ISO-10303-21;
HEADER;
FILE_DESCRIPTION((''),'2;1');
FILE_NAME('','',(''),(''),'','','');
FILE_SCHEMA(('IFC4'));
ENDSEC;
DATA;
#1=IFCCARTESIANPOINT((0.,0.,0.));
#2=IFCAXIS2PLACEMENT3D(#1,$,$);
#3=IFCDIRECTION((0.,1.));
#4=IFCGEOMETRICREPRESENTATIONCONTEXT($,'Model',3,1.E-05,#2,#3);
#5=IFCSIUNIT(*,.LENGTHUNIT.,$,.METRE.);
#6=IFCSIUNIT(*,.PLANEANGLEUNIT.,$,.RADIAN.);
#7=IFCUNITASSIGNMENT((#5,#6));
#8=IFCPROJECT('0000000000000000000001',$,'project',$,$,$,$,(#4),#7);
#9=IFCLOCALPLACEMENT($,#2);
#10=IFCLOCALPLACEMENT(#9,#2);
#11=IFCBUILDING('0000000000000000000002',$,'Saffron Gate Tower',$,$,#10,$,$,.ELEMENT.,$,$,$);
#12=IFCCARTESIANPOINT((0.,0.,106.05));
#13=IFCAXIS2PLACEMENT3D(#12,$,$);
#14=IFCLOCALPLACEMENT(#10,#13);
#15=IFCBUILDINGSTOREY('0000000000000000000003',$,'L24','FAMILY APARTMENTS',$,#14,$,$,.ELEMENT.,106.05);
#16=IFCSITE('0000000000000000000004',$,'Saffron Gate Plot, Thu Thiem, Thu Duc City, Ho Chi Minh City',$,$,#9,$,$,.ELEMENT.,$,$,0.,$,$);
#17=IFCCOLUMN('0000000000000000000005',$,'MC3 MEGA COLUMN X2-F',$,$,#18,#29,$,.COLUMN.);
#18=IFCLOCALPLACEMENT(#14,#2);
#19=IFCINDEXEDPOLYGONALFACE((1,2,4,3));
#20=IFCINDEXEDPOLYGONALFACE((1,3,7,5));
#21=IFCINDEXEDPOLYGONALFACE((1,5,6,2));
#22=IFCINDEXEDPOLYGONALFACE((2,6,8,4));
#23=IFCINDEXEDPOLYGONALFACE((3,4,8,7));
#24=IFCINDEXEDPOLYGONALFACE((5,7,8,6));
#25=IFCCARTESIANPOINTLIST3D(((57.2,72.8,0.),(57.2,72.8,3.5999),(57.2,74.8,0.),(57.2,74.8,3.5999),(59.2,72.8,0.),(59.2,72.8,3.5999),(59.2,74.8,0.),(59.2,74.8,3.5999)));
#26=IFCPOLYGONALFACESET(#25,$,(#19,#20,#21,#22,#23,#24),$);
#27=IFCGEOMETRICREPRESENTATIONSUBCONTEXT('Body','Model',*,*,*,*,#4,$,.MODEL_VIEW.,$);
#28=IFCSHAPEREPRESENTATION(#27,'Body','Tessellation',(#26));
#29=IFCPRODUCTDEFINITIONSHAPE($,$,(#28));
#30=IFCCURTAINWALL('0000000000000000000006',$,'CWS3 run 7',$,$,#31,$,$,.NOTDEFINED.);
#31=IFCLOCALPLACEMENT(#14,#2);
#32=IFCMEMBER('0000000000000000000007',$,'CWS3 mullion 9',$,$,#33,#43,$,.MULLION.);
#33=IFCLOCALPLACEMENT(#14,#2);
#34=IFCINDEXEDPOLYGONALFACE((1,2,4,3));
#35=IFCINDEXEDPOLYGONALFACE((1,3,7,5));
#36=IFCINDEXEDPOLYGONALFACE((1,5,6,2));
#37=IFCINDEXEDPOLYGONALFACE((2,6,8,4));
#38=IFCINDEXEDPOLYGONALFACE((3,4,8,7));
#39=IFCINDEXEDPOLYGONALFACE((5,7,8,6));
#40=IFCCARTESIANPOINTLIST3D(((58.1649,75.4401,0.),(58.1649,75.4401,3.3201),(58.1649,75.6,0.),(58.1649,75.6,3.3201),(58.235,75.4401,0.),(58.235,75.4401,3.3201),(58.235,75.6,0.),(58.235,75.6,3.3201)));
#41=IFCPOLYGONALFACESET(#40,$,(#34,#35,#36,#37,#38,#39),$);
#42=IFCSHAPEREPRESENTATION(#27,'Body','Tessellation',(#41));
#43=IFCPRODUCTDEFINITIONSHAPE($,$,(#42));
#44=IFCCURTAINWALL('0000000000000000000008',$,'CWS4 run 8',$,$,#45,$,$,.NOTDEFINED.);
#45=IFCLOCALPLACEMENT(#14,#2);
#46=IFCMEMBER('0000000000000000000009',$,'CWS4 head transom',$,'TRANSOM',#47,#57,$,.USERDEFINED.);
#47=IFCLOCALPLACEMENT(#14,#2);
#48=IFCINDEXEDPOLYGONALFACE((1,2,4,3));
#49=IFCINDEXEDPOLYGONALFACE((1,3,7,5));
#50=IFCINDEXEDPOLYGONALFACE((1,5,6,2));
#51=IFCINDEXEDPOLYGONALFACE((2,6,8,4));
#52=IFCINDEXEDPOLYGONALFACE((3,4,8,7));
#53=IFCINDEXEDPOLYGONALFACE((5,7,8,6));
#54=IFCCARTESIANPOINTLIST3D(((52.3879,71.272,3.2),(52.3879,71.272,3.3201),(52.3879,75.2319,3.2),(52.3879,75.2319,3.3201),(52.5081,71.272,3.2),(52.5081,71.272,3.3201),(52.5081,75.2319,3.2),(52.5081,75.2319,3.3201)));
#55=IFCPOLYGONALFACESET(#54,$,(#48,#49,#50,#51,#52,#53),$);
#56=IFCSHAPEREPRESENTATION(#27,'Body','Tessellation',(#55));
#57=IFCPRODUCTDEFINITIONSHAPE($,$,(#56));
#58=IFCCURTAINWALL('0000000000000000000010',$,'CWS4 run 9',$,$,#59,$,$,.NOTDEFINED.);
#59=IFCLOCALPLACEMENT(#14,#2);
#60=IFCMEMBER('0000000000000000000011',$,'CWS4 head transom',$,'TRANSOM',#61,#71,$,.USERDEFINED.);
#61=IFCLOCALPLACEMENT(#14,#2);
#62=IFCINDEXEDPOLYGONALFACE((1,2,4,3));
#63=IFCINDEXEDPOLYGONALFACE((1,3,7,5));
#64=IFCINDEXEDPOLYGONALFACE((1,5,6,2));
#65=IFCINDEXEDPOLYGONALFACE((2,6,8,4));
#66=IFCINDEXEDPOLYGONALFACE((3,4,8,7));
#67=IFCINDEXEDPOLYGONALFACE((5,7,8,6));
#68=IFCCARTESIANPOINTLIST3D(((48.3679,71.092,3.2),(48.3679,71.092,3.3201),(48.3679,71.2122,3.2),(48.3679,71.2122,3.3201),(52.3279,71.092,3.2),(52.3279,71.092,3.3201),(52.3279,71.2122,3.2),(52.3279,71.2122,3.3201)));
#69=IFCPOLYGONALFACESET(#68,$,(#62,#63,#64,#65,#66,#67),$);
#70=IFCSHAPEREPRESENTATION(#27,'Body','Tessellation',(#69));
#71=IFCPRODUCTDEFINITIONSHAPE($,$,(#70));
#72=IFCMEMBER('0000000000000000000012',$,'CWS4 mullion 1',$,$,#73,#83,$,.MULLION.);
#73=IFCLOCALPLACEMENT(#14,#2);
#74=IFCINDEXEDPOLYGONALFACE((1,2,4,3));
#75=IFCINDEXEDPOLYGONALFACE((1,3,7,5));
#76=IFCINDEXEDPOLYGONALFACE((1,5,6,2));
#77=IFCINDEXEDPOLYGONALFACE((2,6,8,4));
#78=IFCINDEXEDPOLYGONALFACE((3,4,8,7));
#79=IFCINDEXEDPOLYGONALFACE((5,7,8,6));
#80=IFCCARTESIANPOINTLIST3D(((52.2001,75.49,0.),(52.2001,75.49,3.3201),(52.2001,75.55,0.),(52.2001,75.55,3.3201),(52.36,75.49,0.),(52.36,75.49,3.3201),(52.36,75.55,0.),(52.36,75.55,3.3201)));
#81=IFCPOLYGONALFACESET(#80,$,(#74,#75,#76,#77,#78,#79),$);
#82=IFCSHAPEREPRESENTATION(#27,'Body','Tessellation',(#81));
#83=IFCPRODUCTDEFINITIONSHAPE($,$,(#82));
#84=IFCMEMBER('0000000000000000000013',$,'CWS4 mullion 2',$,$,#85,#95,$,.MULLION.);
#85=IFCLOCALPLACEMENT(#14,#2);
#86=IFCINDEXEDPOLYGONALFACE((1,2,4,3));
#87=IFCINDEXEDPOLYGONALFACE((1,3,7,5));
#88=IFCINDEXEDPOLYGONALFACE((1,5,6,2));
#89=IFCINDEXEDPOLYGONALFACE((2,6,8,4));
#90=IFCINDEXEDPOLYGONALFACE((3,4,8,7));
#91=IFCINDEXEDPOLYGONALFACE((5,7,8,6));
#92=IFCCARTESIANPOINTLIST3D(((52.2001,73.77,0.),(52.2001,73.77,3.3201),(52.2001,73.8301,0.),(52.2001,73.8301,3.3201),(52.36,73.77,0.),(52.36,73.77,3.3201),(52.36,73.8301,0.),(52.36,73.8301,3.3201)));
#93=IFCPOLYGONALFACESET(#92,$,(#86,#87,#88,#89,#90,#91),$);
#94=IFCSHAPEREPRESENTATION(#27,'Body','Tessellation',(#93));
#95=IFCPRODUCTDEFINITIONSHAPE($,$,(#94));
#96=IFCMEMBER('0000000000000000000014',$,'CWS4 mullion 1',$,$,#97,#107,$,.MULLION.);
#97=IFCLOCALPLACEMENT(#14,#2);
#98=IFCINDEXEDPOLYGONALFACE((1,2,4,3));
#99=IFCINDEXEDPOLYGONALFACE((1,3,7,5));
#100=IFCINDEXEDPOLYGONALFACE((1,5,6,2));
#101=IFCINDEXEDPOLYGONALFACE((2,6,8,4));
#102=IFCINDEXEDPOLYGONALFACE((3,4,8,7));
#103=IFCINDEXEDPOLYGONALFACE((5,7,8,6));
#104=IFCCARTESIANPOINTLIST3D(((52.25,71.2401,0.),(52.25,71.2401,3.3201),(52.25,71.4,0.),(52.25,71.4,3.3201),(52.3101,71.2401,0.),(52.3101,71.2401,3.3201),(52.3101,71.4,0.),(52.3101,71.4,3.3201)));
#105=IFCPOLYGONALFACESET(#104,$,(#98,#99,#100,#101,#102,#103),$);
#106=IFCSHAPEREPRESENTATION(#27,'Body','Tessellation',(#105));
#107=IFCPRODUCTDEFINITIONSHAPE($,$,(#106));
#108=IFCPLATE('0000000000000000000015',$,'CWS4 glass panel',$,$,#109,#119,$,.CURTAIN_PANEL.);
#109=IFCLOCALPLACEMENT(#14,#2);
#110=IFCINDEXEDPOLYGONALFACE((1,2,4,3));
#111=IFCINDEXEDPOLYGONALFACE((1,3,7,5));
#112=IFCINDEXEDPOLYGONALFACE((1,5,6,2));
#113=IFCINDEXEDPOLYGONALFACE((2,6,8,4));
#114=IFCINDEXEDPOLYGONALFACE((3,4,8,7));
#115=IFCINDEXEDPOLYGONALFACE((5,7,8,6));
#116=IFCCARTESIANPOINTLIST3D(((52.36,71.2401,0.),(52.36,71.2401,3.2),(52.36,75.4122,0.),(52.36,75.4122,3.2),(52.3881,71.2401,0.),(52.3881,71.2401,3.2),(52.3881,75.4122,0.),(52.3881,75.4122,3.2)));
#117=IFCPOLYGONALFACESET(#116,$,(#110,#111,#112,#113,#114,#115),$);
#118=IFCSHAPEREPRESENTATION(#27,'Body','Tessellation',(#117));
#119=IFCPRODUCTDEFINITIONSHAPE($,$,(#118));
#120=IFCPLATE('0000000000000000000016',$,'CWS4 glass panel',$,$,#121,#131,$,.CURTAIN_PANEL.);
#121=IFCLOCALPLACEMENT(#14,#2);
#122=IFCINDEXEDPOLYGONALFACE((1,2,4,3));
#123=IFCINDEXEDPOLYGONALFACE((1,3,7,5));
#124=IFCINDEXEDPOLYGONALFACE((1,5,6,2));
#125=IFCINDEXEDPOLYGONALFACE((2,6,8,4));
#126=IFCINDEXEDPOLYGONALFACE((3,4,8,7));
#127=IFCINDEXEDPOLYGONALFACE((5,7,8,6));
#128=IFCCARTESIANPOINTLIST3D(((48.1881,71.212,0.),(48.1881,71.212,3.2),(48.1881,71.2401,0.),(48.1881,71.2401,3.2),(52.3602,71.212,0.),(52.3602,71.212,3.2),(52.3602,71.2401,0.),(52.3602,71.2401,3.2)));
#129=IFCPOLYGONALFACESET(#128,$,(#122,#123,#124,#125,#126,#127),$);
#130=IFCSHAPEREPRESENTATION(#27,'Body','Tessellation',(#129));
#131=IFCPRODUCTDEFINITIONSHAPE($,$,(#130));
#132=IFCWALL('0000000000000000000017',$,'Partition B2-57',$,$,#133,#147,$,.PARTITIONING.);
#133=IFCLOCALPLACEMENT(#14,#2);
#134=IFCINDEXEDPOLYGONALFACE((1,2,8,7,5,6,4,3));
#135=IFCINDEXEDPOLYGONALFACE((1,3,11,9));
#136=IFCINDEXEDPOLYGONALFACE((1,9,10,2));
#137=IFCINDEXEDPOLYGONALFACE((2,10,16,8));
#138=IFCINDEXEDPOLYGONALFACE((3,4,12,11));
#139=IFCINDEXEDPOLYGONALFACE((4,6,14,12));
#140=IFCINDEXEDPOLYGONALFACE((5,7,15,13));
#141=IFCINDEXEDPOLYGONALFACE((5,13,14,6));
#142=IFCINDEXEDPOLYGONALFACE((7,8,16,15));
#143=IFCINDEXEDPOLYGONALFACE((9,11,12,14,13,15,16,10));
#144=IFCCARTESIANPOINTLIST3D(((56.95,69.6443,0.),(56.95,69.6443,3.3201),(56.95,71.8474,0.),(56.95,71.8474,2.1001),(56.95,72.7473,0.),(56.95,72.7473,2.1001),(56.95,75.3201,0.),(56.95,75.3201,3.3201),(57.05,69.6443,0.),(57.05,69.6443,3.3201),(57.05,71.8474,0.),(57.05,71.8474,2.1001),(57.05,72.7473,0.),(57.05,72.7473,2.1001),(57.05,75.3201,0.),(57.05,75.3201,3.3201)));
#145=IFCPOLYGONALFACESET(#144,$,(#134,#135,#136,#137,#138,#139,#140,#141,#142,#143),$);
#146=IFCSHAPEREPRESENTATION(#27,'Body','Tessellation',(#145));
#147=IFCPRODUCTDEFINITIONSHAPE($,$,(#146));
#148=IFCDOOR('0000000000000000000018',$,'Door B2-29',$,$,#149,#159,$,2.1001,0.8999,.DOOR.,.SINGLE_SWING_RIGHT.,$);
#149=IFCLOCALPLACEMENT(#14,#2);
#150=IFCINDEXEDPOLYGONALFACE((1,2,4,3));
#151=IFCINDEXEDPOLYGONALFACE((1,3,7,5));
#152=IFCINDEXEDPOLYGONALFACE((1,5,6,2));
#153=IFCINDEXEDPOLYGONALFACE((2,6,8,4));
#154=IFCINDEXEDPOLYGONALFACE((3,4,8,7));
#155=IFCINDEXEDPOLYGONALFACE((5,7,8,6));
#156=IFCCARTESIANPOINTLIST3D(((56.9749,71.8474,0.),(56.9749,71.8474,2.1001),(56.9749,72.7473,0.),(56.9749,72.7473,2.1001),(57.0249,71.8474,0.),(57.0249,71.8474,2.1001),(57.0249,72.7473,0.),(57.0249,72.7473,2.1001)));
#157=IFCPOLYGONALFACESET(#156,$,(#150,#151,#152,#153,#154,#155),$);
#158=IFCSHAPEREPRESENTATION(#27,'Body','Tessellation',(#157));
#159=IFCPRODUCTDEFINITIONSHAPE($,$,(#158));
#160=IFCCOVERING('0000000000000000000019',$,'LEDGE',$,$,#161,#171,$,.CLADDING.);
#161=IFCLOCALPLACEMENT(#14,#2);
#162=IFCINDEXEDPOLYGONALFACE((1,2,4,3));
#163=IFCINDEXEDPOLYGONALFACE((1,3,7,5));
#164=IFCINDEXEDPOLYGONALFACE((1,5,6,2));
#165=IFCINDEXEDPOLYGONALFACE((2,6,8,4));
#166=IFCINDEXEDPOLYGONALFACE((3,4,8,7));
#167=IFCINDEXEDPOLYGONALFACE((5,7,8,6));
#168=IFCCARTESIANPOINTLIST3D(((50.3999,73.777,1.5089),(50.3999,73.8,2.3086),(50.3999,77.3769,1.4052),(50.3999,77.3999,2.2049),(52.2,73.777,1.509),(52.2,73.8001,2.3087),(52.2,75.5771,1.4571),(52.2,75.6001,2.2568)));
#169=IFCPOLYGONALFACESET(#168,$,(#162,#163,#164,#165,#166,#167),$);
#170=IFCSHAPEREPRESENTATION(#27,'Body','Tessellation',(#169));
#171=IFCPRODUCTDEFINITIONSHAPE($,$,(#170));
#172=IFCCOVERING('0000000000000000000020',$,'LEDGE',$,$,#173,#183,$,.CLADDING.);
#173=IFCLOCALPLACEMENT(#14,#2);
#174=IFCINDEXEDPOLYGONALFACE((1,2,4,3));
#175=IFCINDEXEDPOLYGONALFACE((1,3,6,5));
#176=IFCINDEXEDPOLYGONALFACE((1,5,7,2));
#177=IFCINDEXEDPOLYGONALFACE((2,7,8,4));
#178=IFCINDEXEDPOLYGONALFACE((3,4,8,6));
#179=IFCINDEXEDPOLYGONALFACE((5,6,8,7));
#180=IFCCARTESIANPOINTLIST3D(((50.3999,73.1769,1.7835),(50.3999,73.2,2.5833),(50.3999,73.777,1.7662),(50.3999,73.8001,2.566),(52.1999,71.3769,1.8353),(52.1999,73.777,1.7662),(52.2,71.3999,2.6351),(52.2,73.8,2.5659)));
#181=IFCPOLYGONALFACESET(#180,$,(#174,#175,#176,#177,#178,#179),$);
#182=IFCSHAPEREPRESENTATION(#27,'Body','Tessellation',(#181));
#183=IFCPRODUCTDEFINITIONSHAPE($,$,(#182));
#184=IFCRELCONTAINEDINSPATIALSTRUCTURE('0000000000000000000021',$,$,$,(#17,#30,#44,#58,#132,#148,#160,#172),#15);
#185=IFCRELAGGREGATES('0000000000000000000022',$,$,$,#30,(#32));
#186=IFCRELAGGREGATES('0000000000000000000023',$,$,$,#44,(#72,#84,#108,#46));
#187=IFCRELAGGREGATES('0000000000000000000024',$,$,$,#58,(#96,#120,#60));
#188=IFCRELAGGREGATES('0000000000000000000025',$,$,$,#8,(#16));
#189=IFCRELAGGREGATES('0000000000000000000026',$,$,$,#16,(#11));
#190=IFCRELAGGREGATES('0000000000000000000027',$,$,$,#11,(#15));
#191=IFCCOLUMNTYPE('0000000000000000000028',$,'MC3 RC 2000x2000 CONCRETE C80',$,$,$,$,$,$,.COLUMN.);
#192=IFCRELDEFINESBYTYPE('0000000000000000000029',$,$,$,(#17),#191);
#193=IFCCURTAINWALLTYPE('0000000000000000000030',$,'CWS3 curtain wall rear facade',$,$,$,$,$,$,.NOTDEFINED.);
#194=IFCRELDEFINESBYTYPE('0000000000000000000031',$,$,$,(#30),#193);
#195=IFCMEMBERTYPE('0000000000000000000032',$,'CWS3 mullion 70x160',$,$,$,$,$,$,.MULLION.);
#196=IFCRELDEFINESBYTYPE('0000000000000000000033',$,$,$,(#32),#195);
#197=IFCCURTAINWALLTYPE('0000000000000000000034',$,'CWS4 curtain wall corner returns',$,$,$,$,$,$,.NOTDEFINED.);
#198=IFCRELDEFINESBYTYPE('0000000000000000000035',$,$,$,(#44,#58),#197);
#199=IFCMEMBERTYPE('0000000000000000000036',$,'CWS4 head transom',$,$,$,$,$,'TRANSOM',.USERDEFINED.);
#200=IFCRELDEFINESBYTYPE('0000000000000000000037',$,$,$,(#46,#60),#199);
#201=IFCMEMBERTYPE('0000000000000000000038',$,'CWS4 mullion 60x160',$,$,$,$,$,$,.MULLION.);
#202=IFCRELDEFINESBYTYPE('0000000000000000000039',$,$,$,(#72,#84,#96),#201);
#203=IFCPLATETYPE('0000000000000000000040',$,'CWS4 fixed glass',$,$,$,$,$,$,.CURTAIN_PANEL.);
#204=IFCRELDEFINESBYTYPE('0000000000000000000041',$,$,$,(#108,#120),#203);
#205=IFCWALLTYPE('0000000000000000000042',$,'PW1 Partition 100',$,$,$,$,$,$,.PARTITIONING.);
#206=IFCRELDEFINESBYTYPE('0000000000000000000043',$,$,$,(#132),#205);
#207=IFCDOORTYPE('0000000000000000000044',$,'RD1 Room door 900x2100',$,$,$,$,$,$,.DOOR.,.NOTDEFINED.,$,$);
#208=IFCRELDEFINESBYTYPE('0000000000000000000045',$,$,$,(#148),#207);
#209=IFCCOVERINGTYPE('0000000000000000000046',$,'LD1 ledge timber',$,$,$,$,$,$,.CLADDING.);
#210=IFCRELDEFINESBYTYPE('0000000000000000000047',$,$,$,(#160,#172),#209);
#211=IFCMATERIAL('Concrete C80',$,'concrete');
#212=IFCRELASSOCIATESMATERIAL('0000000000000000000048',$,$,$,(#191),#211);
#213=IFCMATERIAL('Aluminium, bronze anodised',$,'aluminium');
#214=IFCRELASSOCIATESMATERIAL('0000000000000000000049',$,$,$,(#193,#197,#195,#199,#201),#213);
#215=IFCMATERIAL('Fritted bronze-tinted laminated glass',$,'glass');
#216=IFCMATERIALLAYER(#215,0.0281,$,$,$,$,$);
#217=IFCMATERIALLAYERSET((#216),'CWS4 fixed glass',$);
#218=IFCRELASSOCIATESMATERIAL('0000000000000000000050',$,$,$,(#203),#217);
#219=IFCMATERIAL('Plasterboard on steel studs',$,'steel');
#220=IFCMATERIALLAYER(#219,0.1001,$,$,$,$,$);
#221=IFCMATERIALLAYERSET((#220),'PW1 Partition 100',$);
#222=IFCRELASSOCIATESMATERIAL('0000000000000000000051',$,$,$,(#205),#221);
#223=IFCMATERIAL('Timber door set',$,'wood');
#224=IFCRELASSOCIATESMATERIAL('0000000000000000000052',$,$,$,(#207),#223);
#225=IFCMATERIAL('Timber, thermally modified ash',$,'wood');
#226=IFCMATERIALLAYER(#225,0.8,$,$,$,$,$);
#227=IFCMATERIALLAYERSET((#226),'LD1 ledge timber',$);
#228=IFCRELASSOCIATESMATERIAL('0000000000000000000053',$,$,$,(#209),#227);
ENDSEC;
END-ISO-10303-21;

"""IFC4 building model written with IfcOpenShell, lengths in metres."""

from ifc_helpers import new_model, si_unit, direction, frame, frame_2d, origin, origin_2d, place, context, subcontext, project, spatial, polyline, rectangle, outline, extrude, material, layer, layer_set, material_profile, profile_set, type_object, element, fill, aggregate, save


model = new_model("IFC4")

# Units and contexts
model_context = context("Model", 3, precision=1e-05, world=origin(), true_north=direction((0.0, 1.0)))
body_context = subcontext(model_context, "Body", "Model", "MODEL_VIEW")
ifc_project = project(units=[si_unit("LENGTHUNIT", "METRE"), si_unit("PLANEANGLEUNIT", "RADIAN")], contexts=[model_context])

# Site, building, storey
site_placement = place(None, origin())
site = spatial("IfcSite", under=ifc_project, at=site_placement, Name="Saffron Gate Plot, Thu Thiem, Thu Duc City, Ho Chi Minh City", CompositionType="ELEMENT", RefElevation=0.0)
building_placement = place(site_placement, origin())
building = spatial("IfcBuilding", under=site, at=building_placement, Name="Saffron Gate Tower", CompositionType="ELEMENT")
storey_placement = place(building_placement, frame((0.0, 0.0, 106.05)))
storey = spatial("IfcBuildingStorey", under=building, at=storey_placement, Name="L24", Description="FAMILY APARTMENTS", CompositionType="ELEMENT", Elevation=106.05)

# Column
ifc_material_1 = material(Name="Concrete C80", Category="concrete")
ifc_material_profile_1 = material_profile(ifc_material_1, rectangle(XDim=2.0, YDim=2.0, at=origin_2d()))
ifc_profile_set_1 = profile_set([ifc_material_profile_1], Name="Concrete C80")
column_type = type_object("IfcColumnType", Name="MC3 RC 2000x2000 CONCRETE C80", PredefinedType="COLUMN", material=ifc_profile_set_1)
column_placement = place(storey_placement, frame((58.2, 73.8, 0.0), z_axis=(0.0, 0.0, 1.0), x_axis=(1.0, 0.0, 0.0)))
element("IfcColumn", 1, at=column_placement, inside=storey, type_object=column_type, Name="MC3 MEGA COLUMN X2-F", PredefinedType="COLUMN", context=body_context, shape_type="SweptSolid", body=[
    extrude(rectangle(XDim=2.0, YDim=2.0, at=origin_2d()), origin(), (0.0, 0.0, 1.0), 3.5999),
])

# Curtain walls, members
ifc_material_2 = material(Name="Aluminium, bronze anodised", Category="aluminium")
curtain_wall_type_1 = type_object("IfcCurtainWallType", Name="CWS3 curtain wall rear facade", PredefinedType="NOTDEFINED", material=ifc_material_2)
curtain_wall_1_placement = place(storey_placement, origin())
curtain_wall_1 = element("IfcCurtainWall", 2, at=curtain_wall_1_placement, inside=storey, type_object=curtain_wall_type_1, Name="CWS3 run 7", PredefinedType="NOTDEFINED")
ifc_material_profile_2 = material_profile(ifc_material_2, rectangle(XDim=0.1599, YDim=0.0701, at=origin_2d()))
ifc_profile_set_2 = profile_set([ifc_material_profile_2], Name="Aluminium, bronze anodised")
member_type_1 = type_object("IfcMemberType", Name="CWS3 mullion 70x160", PredefinedType="MULLION", material=ifc_profile_set_2)
member_1_placement = place(storey_placement, frame((58.2, 75.52, 0.0), z_axis=(0.0, 0.0, 1.0), x_axis=(0.0, -1.0, 0.0)))
member_1 = element("IfcMember", 3, at=member_1_placement, type_object=member_type_1, Name="CWS3 mullion 9", PredefinedType="MULLION", context=body_context, shape_type="SweptSolid", body=[
    extrude(rectangle(XDim=0.1599, YDim=0.0701, at=origin_2d()), origin(), (0.0, 0.0, 1.0), 3.3201),
])
aggregate(curtain_wall_1, [member_1])
curtain_wall_type_2 = type_object("IfcCurtainWallType", Name="CWS4 curtain wall corner returns", PredefinedType="NOTDEFINED", material=ifc_material_2)
curtain_wall_2_placement = place(storey_placement, origin())
curtain_wall_2 = element("IfcCurtainWall", 4, at=curtain_wall_2_placement, inside=storey, type_object=curtain_wall_type_2, Name="CWS4 run 8", PredefinedType="NOTDEFINED")
ifc_material_profile_3 = material_profile(ifc_material_2, rectangle(XDim=0.1201, YDim=0.1201, at=origin_2d()))
ifc_profile_set_3 = profile_set([ifc_material_profile_3], Name="Aluminium, bronze anodised")
member_type_2 = type_object("IfcMemberType", Name="CWS4 head transom", ElementType="TRANSOM", PredefinedType="USERDEFINED", material=ifc_profile_set_3)
member_2_placement = place(storey_placement, frame((52.448, 75.2319, 3.26), z_axis=(0.0, -1.0, 0.0), x_axis=(1.0, 0.0, 0.0)))
member_2 = element("IfcMember", 5, at=member_2_placement, type_object=member_type_2, Name="CWS4 head transom", ObjectType="TRANSOM", PredefinedType="USERDEFINED", context=body_context, shape_type="SweptSolid", body=[
    extrude(rectangle(XDim=0.1201, YDim=0.1201, at=origin_2d()), origin(), (0.0, 0.0, 1.0), 3.96),
])
curtain_wall_3_placement = place(storey_placement, origin())
curtain_wall_3 = element("IfcCurtainWall", 6, at=curtain_wall_3_placement, inside=storey, type_object=curtain_wall_type_2, Name="CWS4 run 9", PredefinedType="NOTDEFINED")
member_3_placement = place(storey_placement, frame((52.3279, 71.1521, 3.26), z_axis=(-1.0, 0.0, 0.0), x_axis=(0.0, -1.0, 0.0)))
member_3 = element("IfcMember", 7, at=member_3_placement, type_object=member_type_2, Name="CWS4 head transom", ObjectType="TRANSOM", PredefinedType="USERDEFINED", context=body_context, shape_type="SweptSolid", body=[
    extrude(rectangle(XDim=0.1201, YDim=0.1201, at=origin_2d()), origin(), (0.0, 0.0, 1.0), 3.96),
])

# Members
ifc_material_profile_4 = material_profile(ifc_material_2, rectangle(XDim=0.1599, YDim=0.0601, at=origin_2d()))
ifc_profile_set_4 = profile_set([ifc_material_profile_4], Name="Aluminium, bronze anodised")
member_type_3 = type_object("IfcMemberType", Name="CWS4 mullion 60x160", PredefinedType="MULLION", material=ifc_profile_set_4)
member_4_placement = place(storey_placement, frame((52.28, 75.52, 0.0), z_axis=(0.0, 0.0, 1.0), x_axis=(1.0, 0.0, 0.0)))
member_4 = element("IfcMember", 8, at=member_4_placement, type_object=member_type_3, Name="CWS4 mullion 1", PredefinedType="MULLION", context=body_context, shape_type="SweptSolid", body=[
    extrude(rectangle(XDim=0.1599, YDim=0.0601, at=origin_2d()), origin(), (0.0, 0.0, 1.0), 3.3201),
])
member_5_placement = place(storey_placement, frame((52.28, 73.8, 0.0), z_axis=(0.0, 0.0, 1.0), x_axis=(1.0, 0.0, 0.0)))
member_5 = element("IfcMember", 9, at=member_5_placement, type_object=member_type_3, Name="CWS4 mullion 2", PredefinedType="MULLION", context=body_context, shape_type="SweptSolid", body=[
    extrude(rectangle(XDim=0.1599, YDim=0.0601, at=origin_2d()), origin(), (0.0, 0.0, 1.0), 3.3201),
])
member_6_placement = place(storey_placement, frame((52.28, 71.3201, 0.0), z_axis=(0.0, 0.0, 1.0), x_axis=(0.0, -1.0, 0.0)))
member_6 = element("IfcMember", 10, at=member_6_placement, type_object=member_type_3, Name="CWS4 mullion 1", PredefinedType="MULLION", context=body_context, shape_type="SweptSolid", body=[
    extrude(rectangle(XDim=0.1599, YDim=0.0601, at=origin_2d()), origin(), (0.0, 0.0, 1.0), 3.3201),
])

# Plates
ifc_material_3 = material(Name="Fritted bronze-tinted laminated glass", Category="glass")
ifc_layer_1 = layer(ifc_material_3, 0.0281)
ifc_layer_set_1 = layer_set([ifc_layer_1], Name="CWS4 fixed glass")
plate_type = type_object("IfcPlateType", Name="CWS4 fixed glass", PredefinedType="CURTAIN_PANEL", material=ifc_layer_set_1)
plate_1_placement = place(storey_placement, frame((52.374, 75.4121, 0.0), z_axis=(0.0, 0.0, 1.0), x_axis=(0.0, -1.0, 0.0)))
plate_1 = element("IfcPlate", 11, at=plate_1_placement, type_object=plate_type, Name="CWS4 glass panel", PredefinedType="CURTAIN_PANEL", context=body_context, shape_type="SweptSolid", body=[
    extrude(rectangle(XDim=4.1721, YDim=0.0281, at=frame_2d((2.0859, 0.0))), origin(), (0.0, 0.0, 1.0), 3.2),
])
aggregate(curtain_wall_2, [member_4, member_5, plate_1, member_2])
plate_2_placement = place(storey_placement, frame((52.3601, 71.2261, 0.0), z_axis=(0.0, 0.0, 1.0), x_axis=(-1.0, 0.0, 0.0)))
plate_2 = element("IfcPlate", 12, at=plate_2_placement, type_object=plate_type, Name="CWS4 glass panel", PredefinedType="CURTAIN_PANEL", context=body_context, shape_type="SweptSolid", body=[
    extrude(rectangle(XDim=4.1721, YDim=0.0281, at=frame_2d((2.0859, 0.0))), origin(), (0.0, 0.0, 1.0), 3.2),
])
aggregate(curtain_wall_3, [member_6, plate_2, member_3])

# Wall, opening, door
ifc_material_4 = material(Name="Plasterboard on steel studs", Category="steel")
ifc_layer_2 = layer(ifc_material_4, 0.1001)
ifc_layer_set_2 = layer_set([ifc_layer_2], Name="PW1 Partition 100")
wall_type = type_object("IfcWallType", Name="PW1 Partition 100", PredefinedType="PARTITIONING", material=ifc_layer_set_2)
wall_placement = place(storey_placement, frame((57.0, 75.3201, 0.0), z_axis=(0.0, 0.0, 1.0), x_axis=(0.0, -1.0, 0.0)))
wall = element("IfcWall", 13, at=wall_placement, inside=storey, type_object=wall_type, Name="Partition B2-57", PredefinedType="PARTITIONING", context=body_context, shape_type="SweptSolid", body=[
    extrude(rectangle(XDim=5.6758, YDim=0.1001, at=frame_2d((2.8379, 0.0))), origin(), (0.0, 0.0, 1.0), 3.3201),
])
opening_placement = place(wall_placement, frame((2.5728, 0.0, 0.0)))
opening = element("IfcOpeningElement", 14, at=opening_placement, cuts=wall, PredefinedType="OPENING", context=body_context, shape_type="SweptSolid", body=[
    extrude(rectangle(XDim=0.8999, YDim=2.1001, at=frame_2d((0.45, 1.05))), frame((0.0, 0.0601, 0.0), z_axis=(0.0, -1.0, 0.0), x_axis=(1.0, 0.0, 0.0)), (0.0, 0.0, 1.0), 0.1201),
])
ifc_material_5 = material(Name="Timber door set", Category="wood")
door_type = type_object("IfcDoorType", Name="RD1 Room door 900x2100", OperationType="NOTDEFINED", PredefinedType="DOOR", material=ifc_material_5)
door_placement = place(opening_placement, origin())
door = element("IfcDoor", 15, at=door_placement, inside=storey, type_object=door_type, Name="Door B2-29", OperationType="SINGLE_SWING_RIGHT", OverallHeight=2.1001, OverallWidth=0.8999, PredefinedType="DOOR", context=body_context, shape_type="SweptSolid", body=[
    extrude(rectangle(XDim=0.8999, YDim=2.1001, at=frame_2d((0.45, 1.05))), frame((0.0, 0.0249, 0.0), z_axis=(0.0, -1.0, 0.0), x_axis=(1.0, 0.0, 0.0)), (0.0, 0.0, 1.0), 0.05),
])
fill(opening, door)

# Coverings
ifc_material_6 = material(Name="Timber, thermally modified ash", Category="wood")
ifc_layer_3 = layer(ifc_material_6, 0.8)
ifc_layer_set_3 = layer_set([ifc_layer_3], Name="LD1 ledge timber")
covering_type = type_object("IfcCoveringType", Name="LD1 ledge timber", PredefinedType="CLADDING", material=ifc_layer_set_3)
covering_1_placement = place(storey_placement, frame((52.2, 75.6001, 2.2568), z_axis=(-0.000046, 0.028788, 0.999586), x_axis=(0.0, -0.999586, 0.028788)))
element("IfcCovering", 16, at=covering_1_placement, inside=storey, type_object=covering_type, Name="LEDGE", PredefinedType="CLADDING", context=body_context, shape_type="SweptSolid", body=[
    extrude(outline(polyline([(0.0, 0.0), (1.8008, 0.0), (1.8008, -1.8), (-1.8006, -1.8), (0.0, 0.0)])), origin(), (0.0, 0.0, -1.0), 0.8),
])
covering_2_placement = place(storey_placement, frame((52.2, 73.8, 2.5659), z_axis=(0.000026, 0.028794, 0.999585), x_axis=(0.0, -0.999585, 0.028794)))
element("IfcCovering", 17, at=covering_2_placement, inside=storey, type_object=covering_type, Name="LEDGE", PredefinedType="CLADDING", context=body_context, shape_type="SweptSolid", body=[
    extrude(outline(polyline([(0.0, 0.0), (2.4011, 0.0), (0.6003, -1.8), (0.0, -1.8), (0.0, 0.0)])), origin(), (0.0, 0.0, -1.0), 0.8),
])

save(model, "model.ifc")
